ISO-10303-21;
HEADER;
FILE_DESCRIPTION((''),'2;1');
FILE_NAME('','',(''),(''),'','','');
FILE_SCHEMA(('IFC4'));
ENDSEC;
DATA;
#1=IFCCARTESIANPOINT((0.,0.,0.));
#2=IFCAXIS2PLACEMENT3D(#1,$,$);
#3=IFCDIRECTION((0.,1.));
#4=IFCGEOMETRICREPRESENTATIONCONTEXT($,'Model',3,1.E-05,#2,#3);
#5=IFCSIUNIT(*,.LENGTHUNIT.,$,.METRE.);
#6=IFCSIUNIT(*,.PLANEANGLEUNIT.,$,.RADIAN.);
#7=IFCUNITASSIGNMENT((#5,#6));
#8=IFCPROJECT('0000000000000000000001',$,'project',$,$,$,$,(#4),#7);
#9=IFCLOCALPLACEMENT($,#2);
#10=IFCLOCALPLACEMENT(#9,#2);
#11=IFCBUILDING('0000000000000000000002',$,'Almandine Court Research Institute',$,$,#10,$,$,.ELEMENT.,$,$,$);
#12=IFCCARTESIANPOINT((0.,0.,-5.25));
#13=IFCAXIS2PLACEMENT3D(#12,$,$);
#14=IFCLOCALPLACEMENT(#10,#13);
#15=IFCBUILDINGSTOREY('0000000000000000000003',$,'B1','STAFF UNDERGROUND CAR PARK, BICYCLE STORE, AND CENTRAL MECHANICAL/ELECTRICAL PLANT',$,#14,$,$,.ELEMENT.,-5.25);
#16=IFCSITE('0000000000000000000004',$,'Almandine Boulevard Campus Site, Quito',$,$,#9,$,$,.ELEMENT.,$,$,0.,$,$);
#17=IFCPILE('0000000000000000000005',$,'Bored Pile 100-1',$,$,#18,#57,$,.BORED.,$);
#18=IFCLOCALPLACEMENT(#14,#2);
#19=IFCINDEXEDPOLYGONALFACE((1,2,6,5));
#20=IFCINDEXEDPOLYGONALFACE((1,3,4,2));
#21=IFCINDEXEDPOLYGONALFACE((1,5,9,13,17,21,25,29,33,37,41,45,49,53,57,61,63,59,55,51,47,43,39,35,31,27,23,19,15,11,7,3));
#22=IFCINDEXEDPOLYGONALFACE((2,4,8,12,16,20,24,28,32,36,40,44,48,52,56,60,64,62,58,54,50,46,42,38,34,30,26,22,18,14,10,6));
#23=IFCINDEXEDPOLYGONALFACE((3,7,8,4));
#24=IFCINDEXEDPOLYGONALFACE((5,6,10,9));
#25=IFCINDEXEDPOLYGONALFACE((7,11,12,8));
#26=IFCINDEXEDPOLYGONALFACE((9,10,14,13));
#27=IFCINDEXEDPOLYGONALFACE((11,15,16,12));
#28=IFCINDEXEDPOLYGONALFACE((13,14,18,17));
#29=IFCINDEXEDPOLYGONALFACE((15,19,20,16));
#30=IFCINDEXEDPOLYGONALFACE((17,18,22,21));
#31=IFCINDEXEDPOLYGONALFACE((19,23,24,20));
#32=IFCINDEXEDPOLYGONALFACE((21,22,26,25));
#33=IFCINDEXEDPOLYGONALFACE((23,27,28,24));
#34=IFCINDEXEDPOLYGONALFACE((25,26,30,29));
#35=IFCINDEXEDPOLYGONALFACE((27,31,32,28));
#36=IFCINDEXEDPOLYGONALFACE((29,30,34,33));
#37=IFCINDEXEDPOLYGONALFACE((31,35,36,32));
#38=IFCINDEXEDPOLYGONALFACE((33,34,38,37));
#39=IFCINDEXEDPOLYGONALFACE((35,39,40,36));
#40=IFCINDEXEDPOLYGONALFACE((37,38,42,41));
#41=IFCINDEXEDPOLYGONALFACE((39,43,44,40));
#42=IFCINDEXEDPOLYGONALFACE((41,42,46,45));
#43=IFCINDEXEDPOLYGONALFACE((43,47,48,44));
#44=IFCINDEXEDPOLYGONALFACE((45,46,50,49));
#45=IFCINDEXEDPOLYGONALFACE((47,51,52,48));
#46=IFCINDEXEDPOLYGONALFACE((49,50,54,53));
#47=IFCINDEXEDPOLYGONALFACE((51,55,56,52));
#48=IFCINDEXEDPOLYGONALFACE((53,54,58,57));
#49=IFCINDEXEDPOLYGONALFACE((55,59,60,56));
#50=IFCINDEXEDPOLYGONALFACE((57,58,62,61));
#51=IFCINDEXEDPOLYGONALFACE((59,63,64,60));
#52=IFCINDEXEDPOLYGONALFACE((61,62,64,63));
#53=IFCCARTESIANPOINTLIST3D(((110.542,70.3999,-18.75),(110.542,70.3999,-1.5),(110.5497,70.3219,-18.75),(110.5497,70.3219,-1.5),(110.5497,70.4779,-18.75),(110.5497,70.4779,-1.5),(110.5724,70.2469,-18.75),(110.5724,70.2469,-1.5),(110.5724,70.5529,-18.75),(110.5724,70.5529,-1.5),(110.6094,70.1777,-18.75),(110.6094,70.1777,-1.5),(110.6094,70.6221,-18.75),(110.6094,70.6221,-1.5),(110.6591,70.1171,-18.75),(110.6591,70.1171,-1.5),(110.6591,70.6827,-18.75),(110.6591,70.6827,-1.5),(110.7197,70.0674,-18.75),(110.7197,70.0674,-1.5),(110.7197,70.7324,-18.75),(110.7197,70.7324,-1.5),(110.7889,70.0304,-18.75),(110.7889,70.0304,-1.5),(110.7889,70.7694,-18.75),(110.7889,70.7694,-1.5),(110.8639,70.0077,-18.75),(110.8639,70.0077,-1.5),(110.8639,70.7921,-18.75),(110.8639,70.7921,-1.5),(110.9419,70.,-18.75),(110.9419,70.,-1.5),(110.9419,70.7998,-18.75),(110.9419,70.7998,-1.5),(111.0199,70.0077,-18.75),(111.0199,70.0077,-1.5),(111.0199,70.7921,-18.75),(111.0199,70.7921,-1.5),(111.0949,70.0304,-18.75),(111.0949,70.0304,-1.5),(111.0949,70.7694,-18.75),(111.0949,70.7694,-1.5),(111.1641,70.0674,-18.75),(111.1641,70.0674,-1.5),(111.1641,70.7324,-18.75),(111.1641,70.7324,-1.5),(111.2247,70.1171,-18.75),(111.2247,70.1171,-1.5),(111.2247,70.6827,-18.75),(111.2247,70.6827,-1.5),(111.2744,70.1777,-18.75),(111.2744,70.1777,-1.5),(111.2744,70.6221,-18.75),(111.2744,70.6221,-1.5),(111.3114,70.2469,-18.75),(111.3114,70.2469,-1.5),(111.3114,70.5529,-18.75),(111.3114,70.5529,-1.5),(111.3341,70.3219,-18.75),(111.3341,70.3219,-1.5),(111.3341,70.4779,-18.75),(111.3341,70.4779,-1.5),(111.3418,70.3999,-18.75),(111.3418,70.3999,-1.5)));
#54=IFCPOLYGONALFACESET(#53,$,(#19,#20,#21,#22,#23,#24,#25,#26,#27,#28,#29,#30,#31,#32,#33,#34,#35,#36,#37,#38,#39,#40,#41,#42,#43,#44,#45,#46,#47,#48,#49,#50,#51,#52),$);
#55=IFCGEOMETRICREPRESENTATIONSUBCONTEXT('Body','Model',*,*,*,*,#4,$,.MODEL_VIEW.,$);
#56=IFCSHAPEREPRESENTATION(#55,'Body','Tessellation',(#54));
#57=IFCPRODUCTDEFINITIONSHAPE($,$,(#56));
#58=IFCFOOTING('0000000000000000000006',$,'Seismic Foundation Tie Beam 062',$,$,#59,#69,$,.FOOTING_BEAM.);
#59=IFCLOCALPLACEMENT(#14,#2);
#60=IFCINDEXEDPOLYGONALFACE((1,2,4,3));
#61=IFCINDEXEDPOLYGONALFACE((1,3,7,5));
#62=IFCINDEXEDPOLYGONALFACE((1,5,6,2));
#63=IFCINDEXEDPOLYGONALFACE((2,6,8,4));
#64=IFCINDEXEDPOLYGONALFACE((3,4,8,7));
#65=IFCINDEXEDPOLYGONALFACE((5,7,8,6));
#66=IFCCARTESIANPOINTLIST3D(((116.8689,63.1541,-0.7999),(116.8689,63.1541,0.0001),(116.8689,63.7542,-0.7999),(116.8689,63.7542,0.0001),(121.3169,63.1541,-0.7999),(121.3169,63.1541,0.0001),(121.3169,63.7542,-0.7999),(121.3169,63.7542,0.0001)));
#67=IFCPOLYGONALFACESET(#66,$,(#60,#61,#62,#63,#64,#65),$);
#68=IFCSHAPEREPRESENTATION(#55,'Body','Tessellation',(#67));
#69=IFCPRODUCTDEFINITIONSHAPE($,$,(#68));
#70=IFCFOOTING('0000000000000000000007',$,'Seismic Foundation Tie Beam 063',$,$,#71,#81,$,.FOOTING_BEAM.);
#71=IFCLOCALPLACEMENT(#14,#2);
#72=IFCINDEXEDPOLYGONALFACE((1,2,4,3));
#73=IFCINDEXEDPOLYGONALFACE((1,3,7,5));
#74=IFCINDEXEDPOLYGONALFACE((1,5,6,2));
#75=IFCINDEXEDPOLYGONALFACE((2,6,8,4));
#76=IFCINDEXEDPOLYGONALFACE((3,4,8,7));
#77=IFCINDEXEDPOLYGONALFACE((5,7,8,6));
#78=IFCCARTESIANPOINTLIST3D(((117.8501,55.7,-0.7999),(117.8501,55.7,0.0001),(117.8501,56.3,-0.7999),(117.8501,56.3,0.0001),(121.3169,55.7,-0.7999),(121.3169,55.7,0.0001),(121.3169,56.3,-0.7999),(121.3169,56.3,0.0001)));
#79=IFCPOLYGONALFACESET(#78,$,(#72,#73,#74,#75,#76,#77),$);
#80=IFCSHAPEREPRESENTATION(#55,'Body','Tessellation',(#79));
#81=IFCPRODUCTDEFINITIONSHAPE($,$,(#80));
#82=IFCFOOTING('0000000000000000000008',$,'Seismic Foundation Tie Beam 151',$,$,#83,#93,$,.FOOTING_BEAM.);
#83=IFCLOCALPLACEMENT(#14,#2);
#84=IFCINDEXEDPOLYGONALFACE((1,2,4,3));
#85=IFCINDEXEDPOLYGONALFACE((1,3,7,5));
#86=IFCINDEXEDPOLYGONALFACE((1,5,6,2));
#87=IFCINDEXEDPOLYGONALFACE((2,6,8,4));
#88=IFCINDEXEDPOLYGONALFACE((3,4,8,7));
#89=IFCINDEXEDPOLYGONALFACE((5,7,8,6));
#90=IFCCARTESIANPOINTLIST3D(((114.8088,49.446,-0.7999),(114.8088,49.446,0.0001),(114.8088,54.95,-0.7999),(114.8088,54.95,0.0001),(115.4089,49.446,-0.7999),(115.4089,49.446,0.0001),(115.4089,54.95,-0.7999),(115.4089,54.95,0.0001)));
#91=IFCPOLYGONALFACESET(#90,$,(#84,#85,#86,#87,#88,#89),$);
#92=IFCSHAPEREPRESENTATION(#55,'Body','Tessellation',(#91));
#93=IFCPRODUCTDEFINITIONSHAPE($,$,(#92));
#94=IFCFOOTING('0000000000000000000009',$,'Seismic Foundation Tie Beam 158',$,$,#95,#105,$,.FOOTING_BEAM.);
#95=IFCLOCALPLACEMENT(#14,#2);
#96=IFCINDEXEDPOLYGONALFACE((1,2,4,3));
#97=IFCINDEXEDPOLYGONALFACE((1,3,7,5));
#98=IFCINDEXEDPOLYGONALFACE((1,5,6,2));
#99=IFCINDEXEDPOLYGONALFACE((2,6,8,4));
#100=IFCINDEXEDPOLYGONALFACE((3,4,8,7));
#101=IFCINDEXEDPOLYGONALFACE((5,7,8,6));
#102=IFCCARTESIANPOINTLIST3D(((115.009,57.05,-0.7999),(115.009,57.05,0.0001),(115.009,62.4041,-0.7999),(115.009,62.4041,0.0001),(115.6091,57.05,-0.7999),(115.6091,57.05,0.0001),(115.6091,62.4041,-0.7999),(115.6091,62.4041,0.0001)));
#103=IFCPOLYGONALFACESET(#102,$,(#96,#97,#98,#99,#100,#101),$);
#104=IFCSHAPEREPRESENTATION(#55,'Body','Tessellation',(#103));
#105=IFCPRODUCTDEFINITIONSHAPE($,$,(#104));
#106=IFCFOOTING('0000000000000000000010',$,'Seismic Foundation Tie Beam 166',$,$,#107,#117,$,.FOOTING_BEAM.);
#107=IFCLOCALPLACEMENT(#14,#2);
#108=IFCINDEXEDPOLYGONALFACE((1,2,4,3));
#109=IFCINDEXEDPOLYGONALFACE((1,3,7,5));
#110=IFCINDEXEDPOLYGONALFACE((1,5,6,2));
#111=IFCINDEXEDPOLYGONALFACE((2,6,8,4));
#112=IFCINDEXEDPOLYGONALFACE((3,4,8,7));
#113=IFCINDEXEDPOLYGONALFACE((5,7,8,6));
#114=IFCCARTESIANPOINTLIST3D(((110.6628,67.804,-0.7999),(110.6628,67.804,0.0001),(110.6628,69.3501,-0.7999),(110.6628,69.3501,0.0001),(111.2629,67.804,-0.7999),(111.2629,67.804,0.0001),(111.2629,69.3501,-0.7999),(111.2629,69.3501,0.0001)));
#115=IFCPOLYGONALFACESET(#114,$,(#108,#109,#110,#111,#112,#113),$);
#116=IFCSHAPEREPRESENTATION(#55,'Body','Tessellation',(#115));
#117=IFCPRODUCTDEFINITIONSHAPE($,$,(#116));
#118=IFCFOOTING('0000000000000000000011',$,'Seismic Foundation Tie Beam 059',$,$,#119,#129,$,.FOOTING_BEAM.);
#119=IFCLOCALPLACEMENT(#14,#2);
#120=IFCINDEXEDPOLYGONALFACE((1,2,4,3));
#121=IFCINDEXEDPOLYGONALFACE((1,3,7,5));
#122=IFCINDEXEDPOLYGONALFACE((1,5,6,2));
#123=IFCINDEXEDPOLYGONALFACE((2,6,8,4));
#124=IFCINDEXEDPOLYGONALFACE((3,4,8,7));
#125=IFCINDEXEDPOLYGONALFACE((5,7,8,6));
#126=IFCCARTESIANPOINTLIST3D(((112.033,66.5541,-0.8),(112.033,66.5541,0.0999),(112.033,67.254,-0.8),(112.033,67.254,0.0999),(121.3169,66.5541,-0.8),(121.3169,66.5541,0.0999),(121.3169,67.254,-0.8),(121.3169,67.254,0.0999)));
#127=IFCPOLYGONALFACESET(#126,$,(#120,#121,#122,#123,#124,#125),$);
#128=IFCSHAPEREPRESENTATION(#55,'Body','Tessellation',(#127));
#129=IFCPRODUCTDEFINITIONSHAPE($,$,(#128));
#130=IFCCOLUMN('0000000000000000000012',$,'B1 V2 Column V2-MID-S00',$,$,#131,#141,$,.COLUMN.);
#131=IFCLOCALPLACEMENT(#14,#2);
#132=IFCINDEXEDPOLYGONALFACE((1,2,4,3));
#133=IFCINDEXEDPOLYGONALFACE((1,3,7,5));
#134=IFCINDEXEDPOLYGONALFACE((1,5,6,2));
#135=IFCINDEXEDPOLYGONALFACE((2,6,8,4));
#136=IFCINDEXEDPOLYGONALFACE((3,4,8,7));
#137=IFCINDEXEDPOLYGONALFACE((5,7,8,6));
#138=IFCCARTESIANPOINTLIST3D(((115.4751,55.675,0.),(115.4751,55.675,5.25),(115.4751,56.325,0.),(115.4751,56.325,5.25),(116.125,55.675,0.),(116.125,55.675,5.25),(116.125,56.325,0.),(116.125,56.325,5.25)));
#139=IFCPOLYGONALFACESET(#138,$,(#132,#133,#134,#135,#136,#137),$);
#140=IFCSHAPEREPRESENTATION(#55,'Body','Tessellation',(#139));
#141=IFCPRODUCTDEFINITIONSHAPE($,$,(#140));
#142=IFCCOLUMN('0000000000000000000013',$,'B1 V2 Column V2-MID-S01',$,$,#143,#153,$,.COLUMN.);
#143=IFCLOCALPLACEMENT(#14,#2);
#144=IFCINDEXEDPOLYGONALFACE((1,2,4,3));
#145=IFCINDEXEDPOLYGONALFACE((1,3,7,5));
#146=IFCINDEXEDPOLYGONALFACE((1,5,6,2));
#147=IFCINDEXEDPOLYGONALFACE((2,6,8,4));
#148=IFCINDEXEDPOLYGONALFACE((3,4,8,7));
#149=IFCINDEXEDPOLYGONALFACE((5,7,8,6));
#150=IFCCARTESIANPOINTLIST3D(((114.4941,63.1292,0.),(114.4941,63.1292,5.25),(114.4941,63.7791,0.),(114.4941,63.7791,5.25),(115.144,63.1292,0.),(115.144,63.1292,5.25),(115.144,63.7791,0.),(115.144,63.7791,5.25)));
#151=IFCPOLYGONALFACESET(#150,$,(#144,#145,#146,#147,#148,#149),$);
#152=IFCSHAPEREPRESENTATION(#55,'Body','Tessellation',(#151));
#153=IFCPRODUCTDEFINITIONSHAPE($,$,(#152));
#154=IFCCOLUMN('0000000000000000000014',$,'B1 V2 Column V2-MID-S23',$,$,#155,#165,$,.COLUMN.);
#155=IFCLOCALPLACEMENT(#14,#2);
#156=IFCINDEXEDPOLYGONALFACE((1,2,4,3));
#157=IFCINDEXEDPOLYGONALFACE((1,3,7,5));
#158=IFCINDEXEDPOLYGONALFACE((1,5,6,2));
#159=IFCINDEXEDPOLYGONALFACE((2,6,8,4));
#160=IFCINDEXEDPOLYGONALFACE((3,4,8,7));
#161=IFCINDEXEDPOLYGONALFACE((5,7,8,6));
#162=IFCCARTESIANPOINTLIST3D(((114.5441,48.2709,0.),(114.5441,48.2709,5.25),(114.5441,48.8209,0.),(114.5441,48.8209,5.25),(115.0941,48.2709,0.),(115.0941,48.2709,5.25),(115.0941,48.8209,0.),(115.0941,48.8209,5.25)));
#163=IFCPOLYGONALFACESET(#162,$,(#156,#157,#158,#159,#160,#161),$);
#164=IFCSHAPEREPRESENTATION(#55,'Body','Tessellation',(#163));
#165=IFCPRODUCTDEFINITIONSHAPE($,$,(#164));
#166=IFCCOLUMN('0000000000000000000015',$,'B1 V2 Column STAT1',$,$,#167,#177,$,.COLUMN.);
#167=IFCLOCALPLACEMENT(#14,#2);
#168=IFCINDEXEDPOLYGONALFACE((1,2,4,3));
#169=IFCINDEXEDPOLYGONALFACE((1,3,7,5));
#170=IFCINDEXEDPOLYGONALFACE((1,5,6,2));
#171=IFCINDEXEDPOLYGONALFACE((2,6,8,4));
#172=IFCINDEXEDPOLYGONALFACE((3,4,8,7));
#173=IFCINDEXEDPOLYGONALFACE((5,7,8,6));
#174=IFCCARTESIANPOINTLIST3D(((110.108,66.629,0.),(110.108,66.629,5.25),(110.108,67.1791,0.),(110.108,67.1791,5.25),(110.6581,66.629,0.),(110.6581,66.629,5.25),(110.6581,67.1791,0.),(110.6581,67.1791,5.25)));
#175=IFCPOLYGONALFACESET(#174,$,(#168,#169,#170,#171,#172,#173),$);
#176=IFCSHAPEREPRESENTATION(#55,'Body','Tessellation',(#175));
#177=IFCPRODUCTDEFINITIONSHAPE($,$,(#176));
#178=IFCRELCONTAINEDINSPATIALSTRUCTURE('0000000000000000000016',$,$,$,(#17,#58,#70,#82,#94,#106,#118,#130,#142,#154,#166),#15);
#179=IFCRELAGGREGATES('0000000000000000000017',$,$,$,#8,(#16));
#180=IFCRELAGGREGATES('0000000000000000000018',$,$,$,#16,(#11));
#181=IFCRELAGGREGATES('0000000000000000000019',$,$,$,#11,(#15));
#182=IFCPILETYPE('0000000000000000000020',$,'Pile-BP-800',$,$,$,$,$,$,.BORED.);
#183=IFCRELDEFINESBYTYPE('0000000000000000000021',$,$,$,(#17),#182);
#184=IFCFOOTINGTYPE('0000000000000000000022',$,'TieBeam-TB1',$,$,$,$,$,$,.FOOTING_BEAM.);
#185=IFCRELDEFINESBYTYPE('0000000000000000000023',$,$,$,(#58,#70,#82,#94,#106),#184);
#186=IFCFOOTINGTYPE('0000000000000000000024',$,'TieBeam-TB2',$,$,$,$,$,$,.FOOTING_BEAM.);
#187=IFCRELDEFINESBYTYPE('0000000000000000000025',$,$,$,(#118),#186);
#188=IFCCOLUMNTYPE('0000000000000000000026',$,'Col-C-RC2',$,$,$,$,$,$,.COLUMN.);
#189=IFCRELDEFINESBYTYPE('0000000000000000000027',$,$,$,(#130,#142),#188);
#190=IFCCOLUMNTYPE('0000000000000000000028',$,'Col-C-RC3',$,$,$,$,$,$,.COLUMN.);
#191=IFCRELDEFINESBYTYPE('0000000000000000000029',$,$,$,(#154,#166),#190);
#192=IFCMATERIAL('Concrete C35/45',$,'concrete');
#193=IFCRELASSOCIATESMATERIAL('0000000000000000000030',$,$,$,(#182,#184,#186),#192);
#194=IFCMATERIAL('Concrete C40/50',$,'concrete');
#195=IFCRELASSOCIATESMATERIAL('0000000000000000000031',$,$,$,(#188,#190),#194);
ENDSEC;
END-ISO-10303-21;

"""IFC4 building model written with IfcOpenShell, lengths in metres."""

from ifc_helpers import new_model, si_unit, direction, frame, origin, origin_2d, place, context, subcontext, project, spatial, rectangle, circle, extrude, material, material_profile, profile_set, type_object, element, save


model = new_model("IFC4")

# Units and contexts
model_context = context("Model", 3, precision=1e-05, world=origin(), true_north=direction((0.0, 1.0)))
body_context = subcontext(model_context, "Body", "Model", "MODEL_VIEW")
ifc_project = project(units=[si_unit("LENGTHUNIT", "METRE"), si_unit("PLANEANGLEUNIT", "RADIAN")], contexts=[model_context])

# Site, building, storey
site_placement = place(None, origin())
site = spatial("IfcSite", under=ifc_project, at=site_placement, Name="Almandine Boulevard Campus Site, Quito", CompositionType="ELEMENT", RefElevation=0.0)
building_placement = place(site_placement, origin())
building = spatial("IfcBuilding", under=site, at=building_placement, Name="Almandine Court Research Institute", CompositionType="ELEMENT")
storey_placement = place(building_placement, frame((0.0, 0.0, -5.25)))
storey = spatial("IfcBuildingStorey", under=building, at=storey_placement, Name="B1", Description="STAFF UNDERGROUND CAR PARK, BICYCLE STORE, AND CENTRAL MECHANICAL/ELECTRICAL PLANT", CompositionType="ELEMENT", Elevation=-5.25)

# Shared definitions
ifc_material_1 = material(Name="Concrete C35/45", Category="concrete")

# Pile
ifc_material_profile_1 = material_profile(ifc_material_1, circle(Radius=0.3999, at=origin_2d()), Name="BORED PILE D800")
ifc_profile_set_1 = profile_set([ifc_material_profile_1], Name="Concrete C35/45")
pile_type = type_object("IfcPileType", Name="Pile-BP-800", PredefinedType="BORED", material=ifc_profile_set_1)
for number, where, z_axis, x_axis, name in (
    (1, (110.9419, 70.3999, -1.5), (0.0, 0.0, -1.0), (1.0, 0.0, 0.0), "Bored Pile 100-1"),
):
    element("IfcPile", number, at=place(storey_placement, frame(where, z_axis=z_axis, x_axis=x_axis)), inside=storey, type_object=pile_type, Name=name, PredefinedType="BORED", context=body_context, shape_type="SweptSolid", body=[
        extrude(circle(Radius=0.3999, at=origin_2d()), origin(), (0.0, 0.0, 1.0), 17.25),
    ])

# Footings
ifc_material_profile_2 = material_profile(ifc_material_1, rectangle(XDim=0.6001, YDim=0.8, at=origin_2d()), Name="RC TIE 600x800")
ifc_profile_set_2 = profile_set([ifc_material_profile_2], Name="Concrete C35/45")
footing_type_1 = type_object("IfcFootingType", Name="TieBeam-TB1", PredefinedType="FOOTING_BEAM", material=ifc_profile_set_2)
footing_1_placement = place(storey_placement, frame((116.8689, 63.4541, -0.3999), z_axis=(1.0, 0.0, 0.0), x_axis=(0.0, 1.0, 0.0)))
element("IfcFooting", 2, at=footing_1_placement, inside=storey, type_object=footing_type_1, Name="Seismic Foundation Tie Beam 062", PredefinedType="FOOTING_BEAM", context=body_context, shape_type="SweptSolid", body=[
    extrude(rectangle(XDim=0.6001, YDim=0.8, at=origin_2d()), origin(), (0.0, 0.0, 1.0), 4.448),
])
footing_2_placement = place(storey_placement, frame((117.8501, 56.0, -0.3999), z_axis=(1.0, 0.0, 0.0), x_axis=(0.0, 1.0, 0.0)))
element("IfcFooting", 3, at=footing_2_placement, inside=storey, type_object=footing_type_1, Name="Seismic Foundation Tie Beam 063", PredefinedType="FOOTING_BEAM", context=body_context, shape_type="SweptSolid", body=[
    extrude(rectangle(XDim=0.6001, YDim=0.8, at=origin_2d()), origin(), (0.0, 0.0, 1.0), 3.4668),
])
footing_3_placement = place(storey_placement, frame((115.1089, 49.446, -0.3999), z_axis=(0.0, 1.0, 0.0), x_axis=(-1.0, 0.0, 0.0)))
element("IfcFooting", 4, at=footing_3_placement, inside=storey, type_object=footing_type_1, Name="Seismic Foundation Tie Beam 151", PredefinedType="FOOTING_BEAM", context=body_context, shape_type="SweptSolid", body=[
    extrude(rectangle(XDim=0.6001, YDim=0.8, at=origin_2d()), origin(), (0.0, 0.0, 1.0), 5.5039),
])
footing_4_placement = place(storey_placement, frame((115.3091, 57.05, -0.3999), z_axis=(0.0, 1.0, 0.0), x_axis=(-1.0, 0.0, 0.0)))
element("IfcFooting", 5, at=footing_4_placement, inside=storey, type_object=footing_type_1, Name="Seismic Foundation Tie Beam 158", PredefinedType="FOOTING_BEAM", context=body_context, shape_type="SweptSolid", body=[
    extrude(rectangle(XDim=0.6001, YDim=0.8, at=origin_2d()), origin(), (0.0, 0.0, 1.0), 5.354),
])
footing_5_placement = place(storey_placement, frame((110.9629, 67.804, -0.3999), z_axis=(0.0, 1.0, 0.0), x_axis=(-1.0, 0.0, 0.0)))
element("IfcFooting", 6, at=footing_5_placement, inside=storey, type_object=footing_type_1, Name="Seismic Foundation Tie Beam 166", PredefinedType="FOOTING_BEAM", context=body_context, shape_type="SweptSolid", body=[
    extrude(rectangle(XDim=0.6001, YDim=0.8, at=origin_2d()), origin(), (0.0, 0.0, 1.0), 1.5461),
])
ifc_material_profile_3 = material_profile(ifc_material_1, rectangle(XDim=0.7, YDim=0.8999, at=origin_2d()), Name="RC TIE 700x900")
ifc_profile_set_3 = profile_set([ifc_material_profile_3], Name="Concrete C35/45")
footing_type_2 = type_object("IfcFootingType", Name="TieBeam-TB2", PredefinedType="FOOTING_BEAM", material=ifc_profile_set_3)
footing_6_placement = place(storey_placement, frame((112.033, 66.9041, -0.3501), z_axis=(1.0, 0.0, 0.0), x_axis=(0.0, 1.0, 0.0)))
element("IfcFooting", 7, at=footing_6_placement, inside=storey, type_object=footing_type_2, Name="Seismic Foundation Tie Beam 059", PredefinedType="FOOTING_BEAM", context=body_context, shape_type="SweptSolid", body=[
    extrude(rectangle(XDim=0.7, YDim=0.8999, at=origin_2d()), origin(), (0.0, 0.0, 1.0), 9.2839),
])

# Columns
ifc_material_2 = material(Name="Concrete C40/50", Category="concrete")
ifc_material_profile_4 = material_profile(ifc_material_2, rectangle(XDim=0.6499, YDim=0.6499, at=origin_2d()), Name="RC 650x650")
ifc_profile_set_4 = profile_set([ifc_material_profile_4], Name="Concrete C40/50")
column_type_1 = type_object("IfcColumnType", Name="Col-C-RC2", PredefinedType="COLUMN", material=ifc_profile_set_4)
for number, where, z_axis, x_axis, name in (
    (8, (115.8, 56.0, 0.0), (0.0, 0.0, 1.0), (1.0, 0.0, 0.0), "B1 V2 Column V2-MID-S00"),
    (9, (114.8191, 63.4541, 0.0), (0.0, 0.0, 1.0), (1.0, 0.0, 0.0), "B1 V2 Column V2-MID-S01"),
):
    element("IfcColumn", number, at=place(storey_placement, frame(where, z_axis=z_axis, x_axis=x_axis)), inside=storey, type_object=column_type_1, Name=name, PredefinedType="COLUMN", context=body_context, shape_type="SweptSolid", body=[
        extrude(rectangle(XDim=0.6499, YDim=0.6499, at=origin_2d()), origin(), (0.0, 0.0, 1.0), 5.25),
    ])
ifc_material_profile_5 = material_profile(ifc_material_2, rectangle(XDim=0.55, YDim=0.55, at=origin_2d()), Name="RC 550x550")
ifc_profile_set_5 = profile_set([ifc_material_profile_5], Name="Concrete C40/50")
column_type_2 = type_object("IfcColumnType", Name="Col-C-RC3", PredefinedType="COLUMN", material=ifc_profile_set_5)
for number, where, z_axis, x_axis, name in (
    (10, (114.8191, 48.5459, 0.0), (0.0, 0.0, 1.0), (1.0, 0.0, 0.0), "B1 V2 Column V2-MID-S23"),
    (11, (110.3831, 66.9041, 0.0), (0.0, 0.0, 1.0), (1.0, 0.0, 0.0), "B1 V2 Column STAT1"),
):
    element("IfcColumn", number, at=place(storey_placement, frame(where, z_axis=z_axis, x_axis=x_axis)), inside=storey, type_object=column_type_2, Name=name, PredefinedType="COLUMN", context=body_context, shape_type="SweptSolid", body=[
        extrude(rectangle(XDim=0.55, YDim=0.55, at=origin_2d()), origin(), (0.0, 0.0, 1.0), 5.25),
    ])

save(model, "model.ifc")
